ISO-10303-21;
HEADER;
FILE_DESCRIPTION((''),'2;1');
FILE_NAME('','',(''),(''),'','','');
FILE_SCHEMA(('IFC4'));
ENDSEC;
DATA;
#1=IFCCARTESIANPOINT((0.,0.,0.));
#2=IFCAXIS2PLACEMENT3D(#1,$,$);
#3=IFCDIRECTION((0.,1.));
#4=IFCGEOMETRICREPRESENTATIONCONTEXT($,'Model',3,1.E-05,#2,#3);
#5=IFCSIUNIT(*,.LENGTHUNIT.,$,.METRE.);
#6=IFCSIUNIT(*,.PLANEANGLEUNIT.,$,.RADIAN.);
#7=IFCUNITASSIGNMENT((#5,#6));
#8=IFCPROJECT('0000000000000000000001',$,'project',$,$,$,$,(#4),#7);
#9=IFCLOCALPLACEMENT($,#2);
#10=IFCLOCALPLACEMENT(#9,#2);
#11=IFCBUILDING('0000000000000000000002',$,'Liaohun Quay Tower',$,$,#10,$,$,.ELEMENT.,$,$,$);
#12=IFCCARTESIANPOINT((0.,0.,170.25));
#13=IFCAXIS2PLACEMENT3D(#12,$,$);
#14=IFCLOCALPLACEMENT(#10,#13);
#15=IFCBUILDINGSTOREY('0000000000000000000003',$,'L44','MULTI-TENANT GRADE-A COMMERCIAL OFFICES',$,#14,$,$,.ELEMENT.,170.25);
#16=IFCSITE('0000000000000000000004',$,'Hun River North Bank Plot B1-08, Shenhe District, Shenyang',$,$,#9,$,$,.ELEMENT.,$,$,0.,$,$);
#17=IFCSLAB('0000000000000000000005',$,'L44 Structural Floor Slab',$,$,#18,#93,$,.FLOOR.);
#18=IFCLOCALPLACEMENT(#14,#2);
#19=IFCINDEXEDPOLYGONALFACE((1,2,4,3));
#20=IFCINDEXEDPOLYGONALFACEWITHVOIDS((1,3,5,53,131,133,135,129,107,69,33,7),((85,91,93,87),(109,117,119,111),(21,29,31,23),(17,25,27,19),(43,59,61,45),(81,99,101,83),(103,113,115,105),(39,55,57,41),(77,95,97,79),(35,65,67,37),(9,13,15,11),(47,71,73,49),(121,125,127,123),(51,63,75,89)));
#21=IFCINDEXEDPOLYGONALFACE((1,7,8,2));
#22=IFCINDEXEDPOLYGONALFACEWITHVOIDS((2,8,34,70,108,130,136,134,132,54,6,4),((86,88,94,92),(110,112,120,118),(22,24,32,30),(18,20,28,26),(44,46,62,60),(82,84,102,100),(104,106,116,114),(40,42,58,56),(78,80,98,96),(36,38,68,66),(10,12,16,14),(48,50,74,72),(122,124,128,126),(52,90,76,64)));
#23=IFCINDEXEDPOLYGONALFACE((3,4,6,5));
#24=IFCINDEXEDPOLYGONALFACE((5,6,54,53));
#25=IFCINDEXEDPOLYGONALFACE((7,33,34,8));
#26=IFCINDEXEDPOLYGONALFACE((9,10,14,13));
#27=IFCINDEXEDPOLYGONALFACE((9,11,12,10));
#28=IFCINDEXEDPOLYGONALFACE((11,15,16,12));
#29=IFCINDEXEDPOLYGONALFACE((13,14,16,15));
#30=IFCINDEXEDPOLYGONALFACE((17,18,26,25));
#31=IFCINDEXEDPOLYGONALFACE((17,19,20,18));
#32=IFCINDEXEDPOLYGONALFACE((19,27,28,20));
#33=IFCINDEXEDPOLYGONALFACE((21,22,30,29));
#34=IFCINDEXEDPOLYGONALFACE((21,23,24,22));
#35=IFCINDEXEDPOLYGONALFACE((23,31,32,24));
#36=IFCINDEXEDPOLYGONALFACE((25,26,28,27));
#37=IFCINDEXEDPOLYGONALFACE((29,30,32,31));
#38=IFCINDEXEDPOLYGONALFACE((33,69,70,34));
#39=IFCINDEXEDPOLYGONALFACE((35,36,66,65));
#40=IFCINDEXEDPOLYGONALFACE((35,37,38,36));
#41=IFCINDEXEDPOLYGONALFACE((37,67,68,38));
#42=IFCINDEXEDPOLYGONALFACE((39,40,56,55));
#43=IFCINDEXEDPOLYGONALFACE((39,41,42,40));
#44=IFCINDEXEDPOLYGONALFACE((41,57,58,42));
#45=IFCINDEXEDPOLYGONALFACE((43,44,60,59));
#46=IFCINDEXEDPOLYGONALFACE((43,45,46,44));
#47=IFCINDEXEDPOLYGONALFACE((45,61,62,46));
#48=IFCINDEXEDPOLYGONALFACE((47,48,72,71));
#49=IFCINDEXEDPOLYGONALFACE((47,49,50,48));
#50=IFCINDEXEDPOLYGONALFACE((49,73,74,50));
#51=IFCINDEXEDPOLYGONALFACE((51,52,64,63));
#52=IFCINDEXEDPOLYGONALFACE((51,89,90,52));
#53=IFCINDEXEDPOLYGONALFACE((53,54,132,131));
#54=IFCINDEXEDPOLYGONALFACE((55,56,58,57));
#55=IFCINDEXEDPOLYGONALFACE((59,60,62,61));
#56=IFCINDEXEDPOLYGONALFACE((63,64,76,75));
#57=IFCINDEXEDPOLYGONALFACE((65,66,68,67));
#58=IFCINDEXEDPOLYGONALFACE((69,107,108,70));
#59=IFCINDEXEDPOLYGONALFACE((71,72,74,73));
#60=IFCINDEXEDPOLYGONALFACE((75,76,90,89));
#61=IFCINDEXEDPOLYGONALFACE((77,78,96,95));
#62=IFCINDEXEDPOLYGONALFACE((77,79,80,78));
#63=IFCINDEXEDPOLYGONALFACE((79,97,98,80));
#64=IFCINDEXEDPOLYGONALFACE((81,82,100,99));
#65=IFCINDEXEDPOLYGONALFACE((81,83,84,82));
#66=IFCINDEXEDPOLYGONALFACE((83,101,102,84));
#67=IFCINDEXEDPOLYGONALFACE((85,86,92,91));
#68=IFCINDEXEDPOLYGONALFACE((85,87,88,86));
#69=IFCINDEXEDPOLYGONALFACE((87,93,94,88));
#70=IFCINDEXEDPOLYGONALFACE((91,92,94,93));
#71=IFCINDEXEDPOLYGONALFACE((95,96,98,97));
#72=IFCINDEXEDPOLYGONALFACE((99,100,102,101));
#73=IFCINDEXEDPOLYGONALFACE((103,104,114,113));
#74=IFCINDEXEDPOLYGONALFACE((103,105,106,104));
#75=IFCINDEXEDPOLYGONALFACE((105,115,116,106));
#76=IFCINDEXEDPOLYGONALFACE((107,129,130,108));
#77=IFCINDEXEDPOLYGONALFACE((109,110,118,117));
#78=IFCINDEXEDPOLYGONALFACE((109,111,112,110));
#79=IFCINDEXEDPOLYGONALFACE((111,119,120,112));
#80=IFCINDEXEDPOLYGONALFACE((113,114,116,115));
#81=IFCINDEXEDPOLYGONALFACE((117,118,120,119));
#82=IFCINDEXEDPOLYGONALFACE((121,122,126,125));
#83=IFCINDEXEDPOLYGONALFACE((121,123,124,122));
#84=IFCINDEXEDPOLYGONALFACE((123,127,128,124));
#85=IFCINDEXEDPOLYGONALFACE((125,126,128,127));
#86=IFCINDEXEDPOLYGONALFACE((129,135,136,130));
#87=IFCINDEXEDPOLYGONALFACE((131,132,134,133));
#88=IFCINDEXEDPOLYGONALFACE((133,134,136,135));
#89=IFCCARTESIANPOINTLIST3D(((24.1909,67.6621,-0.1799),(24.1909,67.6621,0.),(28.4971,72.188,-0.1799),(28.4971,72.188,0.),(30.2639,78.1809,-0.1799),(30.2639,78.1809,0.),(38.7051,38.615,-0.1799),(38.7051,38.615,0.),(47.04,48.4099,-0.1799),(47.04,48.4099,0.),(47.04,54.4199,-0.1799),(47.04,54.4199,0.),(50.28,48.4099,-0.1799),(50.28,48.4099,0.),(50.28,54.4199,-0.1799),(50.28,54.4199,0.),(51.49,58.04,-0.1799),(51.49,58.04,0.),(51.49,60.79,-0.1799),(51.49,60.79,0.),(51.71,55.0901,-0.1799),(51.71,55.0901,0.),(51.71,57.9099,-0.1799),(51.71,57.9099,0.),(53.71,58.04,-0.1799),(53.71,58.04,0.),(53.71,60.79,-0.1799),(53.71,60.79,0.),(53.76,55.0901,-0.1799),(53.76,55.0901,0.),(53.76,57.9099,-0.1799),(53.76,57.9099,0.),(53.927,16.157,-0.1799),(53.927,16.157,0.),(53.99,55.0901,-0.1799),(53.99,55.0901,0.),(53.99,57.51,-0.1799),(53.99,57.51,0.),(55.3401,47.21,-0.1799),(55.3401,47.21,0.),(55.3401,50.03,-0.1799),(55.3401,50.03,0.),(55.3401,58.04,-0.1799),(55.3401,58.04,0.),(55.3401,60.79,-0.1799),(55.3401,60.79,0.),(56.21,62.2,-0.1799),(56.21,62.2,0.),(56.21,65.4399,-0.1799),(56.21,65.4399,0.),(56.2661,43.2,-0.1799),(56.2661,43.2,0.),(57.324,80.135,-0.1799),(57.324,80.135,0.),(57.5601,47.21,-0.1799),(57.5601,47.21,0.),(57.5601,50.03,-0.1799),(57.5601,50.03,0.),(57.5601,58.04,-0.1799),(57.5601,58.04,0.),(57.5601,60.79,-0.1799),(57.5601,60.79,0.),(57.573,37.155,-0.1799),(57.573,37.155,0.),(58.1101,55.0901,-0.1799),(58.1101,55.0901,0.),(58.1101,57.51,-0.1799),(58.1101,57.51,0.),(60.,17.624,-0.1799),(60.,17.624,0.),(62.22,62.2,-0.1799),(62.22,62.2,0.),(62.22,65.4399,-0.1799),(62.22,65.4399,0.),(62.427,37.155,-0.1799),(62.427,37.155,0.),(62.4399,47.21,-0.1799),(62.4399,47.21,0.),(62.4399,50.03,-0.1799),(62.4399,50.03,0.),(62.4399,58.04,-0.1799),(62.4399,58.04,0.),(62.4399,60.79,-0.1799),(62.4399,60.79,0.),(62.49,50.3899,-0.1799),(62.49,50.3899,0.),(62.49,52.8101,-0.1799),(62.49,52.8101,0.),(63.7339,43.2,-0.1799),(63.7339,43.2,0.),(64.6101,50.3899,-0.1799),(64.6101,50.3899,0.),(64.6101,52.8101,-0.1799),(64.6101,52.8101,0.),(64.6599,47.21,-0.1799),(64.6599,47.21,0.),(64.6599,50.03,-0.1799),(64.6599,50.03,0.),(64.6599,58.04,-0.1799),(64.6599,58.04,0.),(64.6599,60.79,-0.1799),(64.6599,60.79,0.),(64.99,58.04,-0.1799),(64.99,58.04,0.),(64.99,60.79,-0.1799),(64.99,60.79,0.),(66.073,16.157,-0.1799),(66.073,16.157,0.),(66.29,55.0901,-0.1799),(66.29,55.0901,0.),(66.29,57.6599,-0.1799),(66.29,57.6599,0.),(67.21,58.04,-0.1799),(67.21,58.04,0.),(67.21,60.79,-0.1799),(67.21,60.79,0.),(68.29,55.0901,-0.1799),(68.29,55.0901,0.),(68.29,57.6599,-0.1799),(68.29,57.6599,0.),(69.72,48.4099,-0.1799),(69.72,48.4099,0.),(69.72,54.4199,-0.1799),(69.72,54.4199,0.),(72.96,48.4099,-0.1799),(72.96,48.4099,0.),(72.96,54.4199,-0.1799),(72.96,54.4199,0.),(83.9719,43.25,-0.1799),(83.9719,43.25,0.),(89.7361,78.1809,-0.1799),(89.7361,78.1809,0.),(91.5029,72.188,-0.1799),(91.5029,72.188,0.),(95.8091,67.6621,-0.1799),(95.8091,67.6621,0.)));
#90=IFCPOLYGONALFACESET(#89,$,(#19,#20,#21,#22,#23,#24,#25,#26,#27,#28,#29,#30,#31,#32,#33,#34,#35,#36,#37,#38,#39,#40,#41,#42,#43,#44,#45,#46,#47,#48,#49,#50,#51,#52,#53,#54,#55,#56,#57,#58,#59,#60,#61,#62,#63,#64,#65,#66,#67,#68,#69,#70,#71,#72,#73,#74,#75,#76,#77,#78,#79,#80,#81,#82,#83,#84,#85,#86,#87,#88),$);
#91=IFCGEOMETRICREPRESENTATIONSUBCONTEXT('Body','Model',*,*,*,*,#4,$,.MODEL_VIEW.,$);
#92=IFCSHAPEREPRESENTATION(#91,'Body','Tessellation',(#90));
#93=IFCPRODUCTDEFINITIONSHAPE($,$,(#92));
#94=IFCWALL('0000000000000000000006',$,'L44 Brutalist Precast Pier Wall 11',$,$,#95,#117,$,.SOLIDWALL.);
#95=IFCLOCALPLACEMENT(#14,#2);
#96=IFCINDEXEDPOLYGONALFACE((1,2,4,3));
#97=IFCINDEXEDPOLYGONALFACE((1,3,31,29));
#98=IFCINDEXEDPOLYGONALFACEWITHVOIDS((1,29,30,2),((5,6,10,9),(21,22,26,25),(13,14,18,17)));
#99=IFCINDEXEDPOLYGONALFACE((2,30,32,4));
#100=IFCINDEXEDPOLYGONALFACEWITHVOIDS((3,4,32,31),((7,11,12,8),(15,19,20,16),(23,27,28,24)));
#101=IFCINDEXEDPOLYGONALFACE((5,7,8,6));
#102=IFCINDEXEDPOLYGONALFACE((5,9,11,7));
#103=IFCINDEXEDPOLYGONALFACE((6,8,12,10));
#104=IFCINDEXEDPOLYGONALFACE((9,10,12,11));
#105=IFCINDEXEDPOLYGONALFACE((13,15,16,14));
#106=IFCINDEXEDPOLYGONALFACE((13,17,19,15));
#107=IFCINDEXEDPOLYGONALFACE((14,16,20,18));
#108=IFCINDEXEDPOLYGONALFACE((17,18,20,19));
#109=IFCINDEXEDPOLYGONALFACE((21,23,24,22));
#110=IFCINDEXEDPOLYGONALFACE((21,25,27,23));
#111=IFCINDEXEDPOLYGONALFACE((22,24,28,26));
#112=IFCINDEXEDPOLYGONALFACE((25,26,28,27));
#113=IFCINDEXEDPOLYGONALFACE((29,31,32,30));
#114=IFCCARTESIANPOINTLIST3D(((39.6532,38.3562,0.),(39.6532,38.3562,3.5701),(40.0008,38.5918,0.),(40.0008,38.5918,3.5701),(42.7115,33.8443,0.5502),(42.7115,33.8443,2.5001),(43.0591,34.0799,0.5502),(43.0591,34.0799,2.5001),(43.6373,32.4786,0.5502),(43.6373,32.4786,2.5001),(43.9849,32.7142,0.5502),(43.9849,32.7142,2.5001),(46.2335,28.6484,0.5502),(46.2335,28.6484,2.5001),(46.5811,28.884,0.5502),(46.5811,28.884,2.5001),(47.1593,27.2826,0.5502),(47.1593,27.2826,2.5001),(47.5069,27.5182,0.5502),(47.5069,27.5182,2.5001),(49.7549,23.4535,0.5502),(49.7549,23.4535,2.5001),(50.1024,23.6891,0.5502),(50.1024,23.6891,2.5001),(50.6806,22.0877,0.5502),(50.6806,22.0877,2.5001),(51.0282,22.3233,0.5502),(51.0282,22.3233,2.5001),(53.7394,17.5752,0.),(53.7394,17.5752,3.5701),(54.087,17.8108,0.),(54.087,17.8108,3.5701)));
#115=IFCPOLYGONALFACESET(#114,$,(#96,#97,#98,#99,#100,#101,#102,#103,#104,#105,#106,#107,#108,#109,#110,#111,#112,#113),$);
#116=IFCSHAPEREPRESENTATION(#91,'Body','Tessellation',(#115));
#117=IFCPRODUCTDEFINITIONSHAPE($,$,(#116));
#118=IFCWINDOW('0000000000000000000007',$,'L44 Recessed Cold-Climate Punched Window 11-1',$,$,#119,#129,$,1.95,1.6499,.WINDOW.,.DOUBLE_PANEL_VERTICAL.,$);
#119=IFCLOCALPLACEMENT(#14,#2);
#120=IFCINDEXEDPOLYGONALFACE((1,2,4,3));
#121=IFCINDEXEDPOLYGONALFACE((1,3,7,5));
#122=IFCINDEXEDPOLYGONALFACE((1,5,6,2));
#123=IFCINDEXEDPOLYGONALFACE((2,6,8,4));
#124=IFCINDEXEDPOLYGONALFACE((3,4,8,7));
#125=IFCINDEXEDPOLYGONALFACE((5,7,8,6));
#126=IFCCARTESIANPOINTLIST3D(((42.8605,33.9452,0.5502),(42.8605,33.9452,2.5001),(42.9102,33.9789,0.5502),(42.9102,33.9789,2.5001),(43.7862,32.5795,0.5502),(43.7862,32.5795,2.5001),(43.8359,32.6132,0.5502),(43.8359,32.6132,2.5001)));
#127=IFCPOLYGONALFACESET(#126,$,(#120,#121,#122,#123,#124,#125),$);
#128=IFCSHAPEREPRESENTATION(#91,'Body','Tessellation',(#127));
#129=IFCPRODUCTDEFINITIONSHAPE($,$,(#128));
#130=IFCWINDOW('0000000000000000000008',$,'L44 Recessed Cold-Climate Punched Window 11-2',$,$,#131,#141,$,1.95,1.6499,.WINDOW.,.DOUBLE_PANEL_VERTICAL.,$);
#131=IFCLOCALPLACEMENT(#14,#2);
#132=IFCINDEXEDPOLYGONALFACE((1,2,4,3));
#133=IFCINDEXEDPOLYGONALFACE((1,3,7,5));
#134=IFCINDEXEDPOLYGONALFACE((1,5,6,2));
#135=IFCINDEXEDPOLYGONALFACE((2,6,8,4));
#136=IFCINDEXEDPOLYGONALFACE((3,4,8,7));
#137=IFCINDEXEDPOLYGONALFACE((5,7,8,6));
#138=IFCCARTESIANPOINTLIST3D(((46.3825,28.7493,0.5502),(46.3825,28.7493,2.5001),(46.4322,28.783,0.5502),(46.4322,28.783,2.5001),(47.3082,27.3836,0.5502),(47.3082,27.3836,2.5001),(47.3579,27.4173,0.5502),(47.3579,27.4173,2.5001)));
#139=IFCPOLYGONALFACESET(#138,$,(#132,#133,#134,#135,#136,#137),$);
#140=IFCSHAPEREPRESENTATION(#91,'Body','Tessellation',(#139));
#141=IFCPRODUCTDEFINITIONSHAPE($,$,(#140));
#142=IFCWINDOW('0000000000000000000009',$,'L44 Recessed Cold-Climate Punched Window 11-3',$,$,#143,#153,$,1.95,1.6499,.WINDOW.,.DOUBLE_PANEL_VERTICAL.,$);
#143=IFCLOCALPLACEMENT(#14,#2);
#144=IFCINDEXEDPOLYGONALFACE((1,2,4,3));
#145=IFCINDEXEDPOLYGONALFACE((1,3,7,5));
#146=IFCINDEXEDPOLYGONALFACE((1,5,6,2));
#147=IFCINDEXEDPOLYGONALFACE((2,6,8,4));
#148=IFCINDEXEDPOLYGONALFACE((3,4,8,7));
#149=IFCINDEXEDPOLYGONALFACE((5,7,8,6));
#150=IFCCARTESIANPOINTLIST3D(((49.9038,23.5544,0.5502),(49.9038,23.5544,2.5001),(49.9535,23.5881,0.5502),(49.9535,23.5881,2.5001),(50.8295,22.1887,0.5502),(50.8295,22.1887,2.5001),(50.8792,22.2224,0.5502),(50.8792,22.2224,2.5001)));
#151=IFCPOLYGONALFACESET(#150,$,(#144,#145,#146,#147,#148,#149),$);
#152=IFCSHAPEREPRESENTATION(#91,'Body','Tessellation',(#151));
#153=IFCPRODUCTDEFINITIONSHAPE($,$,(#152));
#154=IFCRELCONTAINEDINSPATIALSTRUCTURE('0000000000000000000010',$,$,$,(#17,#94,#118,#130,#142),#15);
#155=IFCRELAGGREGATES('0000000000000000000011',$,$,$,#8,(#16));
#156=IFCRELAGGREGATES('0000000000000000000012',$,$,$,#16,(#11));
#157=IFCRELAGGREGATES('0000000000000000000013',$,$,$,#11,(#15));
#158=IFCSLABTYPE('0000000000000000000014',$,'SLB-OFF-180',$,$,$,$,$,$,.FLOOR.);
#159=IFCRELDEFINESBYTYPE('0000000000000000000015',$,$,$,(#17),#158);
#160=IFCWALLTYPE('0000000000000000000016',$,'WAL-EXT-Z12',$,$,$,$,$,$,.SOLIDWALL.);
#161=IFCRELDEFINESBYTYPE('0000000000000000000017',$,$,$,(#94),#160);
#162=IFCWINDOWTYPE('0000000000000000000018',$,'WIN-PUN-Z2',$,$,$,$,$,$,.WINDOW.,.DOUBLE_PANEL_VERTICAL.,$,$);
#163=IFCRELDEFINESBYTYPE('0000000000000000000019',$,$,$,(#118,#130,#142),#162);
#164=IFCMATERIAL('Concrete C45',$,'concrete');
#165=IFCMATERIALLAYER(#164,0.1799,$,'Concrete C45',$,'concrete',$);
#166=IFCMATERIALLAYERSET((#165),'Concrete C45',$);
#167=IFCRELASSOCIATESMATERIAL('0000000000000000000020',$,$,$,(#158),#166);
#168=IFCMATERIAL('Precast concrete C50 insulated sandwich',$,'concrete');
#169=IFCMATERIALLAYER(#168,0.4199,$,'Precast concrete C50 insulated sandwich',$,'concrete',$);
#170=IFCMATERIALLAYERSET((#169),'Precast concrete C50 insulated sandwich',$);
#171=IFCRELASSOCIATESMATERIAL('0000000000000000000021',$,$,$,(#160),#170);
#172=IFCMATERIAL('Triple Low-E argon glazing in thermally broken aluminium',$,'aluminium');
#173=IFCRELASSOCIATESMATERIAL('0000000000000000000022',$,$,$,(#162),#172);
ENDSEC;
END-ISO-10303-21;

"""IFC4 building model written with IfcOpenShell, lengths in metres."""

from ifc_helpers import new_model, si_unit, direction, frame, frame_2d, origin, place, context, subcontext, project, spatial, polyline, rectangle, outline, extrude, source, transform, mapped, material, layer, layer_set, type_object, element, fill, save


model = new_model("IFC4")

# Units and contexts
model_context = context("Model", 3, precision=1e-05, world=origin(), true_north=direction((0.0, 1.0)))
body_context = subcontext(model_context, "Body", "Model", "MODEL_VIEW")
ifc_project = project(units=[si_unit("LENGTHUNIT", "METRE"), si_unit("PLANEANGLEUNIT", "RADIAN")], contexts=[model_context])

# Site, building, storey
site_placement = place(None, origin())
site = spatial("IfcSite", under=ifc_project, at=site_placement, Name="Hun River North Bank Plot B1-08, Shenhe District, Shenyang", CompositionType="ELEMENT", RefElevation=0.0)
building_placement = place(site_placement, origin())
building = spatial("IfcBuilding", under=site, at=building_placement, Name="Liaohun Quay Tower", CompositionType="ELEMENT")
storey_placement = place(building_placement, frame((0.0, 0.0, 170.25)))
storey = spatial("IfcBuildingStorey", under=building, at=storey_placement, Name="L44", Description="MULTI-TENANT GRADE-A COMMERCIAL OFFICES", CompositionType="ELEMENT", Elevation=170.25)

# Shared definitions
ifc_material_1 = material(Name="Concrete C45", Category="concrete")

# Slab
ifc_layer_1 = layer(ifc_material_1, 0.1799, Name="Concrete C45", Category="concrete")
ifc_layer_set_1 = layer_set([ifc_layer_1], Name="Concrete C45")
slab_type_1 = type_object("IfcSlabType", Name="SLB-OFF-180", PredefinedType="FLOOR", material=ifc_layer_set_1)
slab_1_placement = place(storey_placement, frame((0.0, 0.0, -0.1799)))
element("IfcSlab", 1, at=slab_1_placement, inside=storey, type_object=slab_type_1, Name="L44 Structural Floor Slab", PredefinedType="FLOOR", context=body_context, shape_type="SweptSolid", body=[
    extrude(outline(polyline([(53.927, 16.157), (60.0, 17.624), (66.073, 16.157), (83.9719, 43.25), (95.8091, 67.6621), (91.5029, 72.188), (89.7361, 78.1809), (57.324, 80.135), (30.2639, 78.1809), (28.4971, 72.188), (24.1909, 67.6621), (38.7051, 38.615), (53.927, 16.157)]), holes=[polyline([(57.5601, 50.03), (55.3401, 50.03), (55.3401, 47.21), (57.5601, 47.21), (57.5601, 50.03)]), polyline([(50.28, 54.4199), (47.04, 54.4199), (47.04, 48.4099), (50.28, 48.4099), (50.28, 54.4199)]), polyline([(53.99, 55.0901), (58.1101, 55.0901), (58.1101, 57.51), (53.99, 57.51), (53.99, 55.0901)]), polyline([(53.76, 55.0901), (53.76, 57.9099), (51.71, 57.9099), (51.71, 55.0901), (53.76, 55.0901)]), polyline([(53.71, 58.04), (53.71, 60.79), (51.49, 60.79), (51.49, 58.04), (53.71, 58.04)]), polyline([(57.5601, 58.04), (57.5601, 60.79), (55.3401, 60.79), (55.3401, 58.04), (57.5601, 58.04)]), polyline([(62.22, 62.2), (62.22, 65.4399), (56.21, 65.4399), (56.21, 62.2), (62.22, 62.2)]), polyline([(62.427, 37.155), (63.7339, 43.2), (56.2661, 43.2), (57.573, 37.155), (62.427, 37.155)]), polyline([(64.6599, 47.21), (64.6599, 50.03), (62.4399, 50.03), (62.4399, 47.21), (64.6599, 47.21)]), polyline([(72.96, 54.4199), (69.72, 54.4199), (69.72, 48.4099), (72.96, 48.4099), (72.96, 54.4199)]), polyline([(64.6101, 50.3899), (64.6101, 52.8101), (62.49, 52.8101), (62.49, 50.3899), (64.6101, 50.3899)]), polyline([(68.29, 55.0901), (68.29, 57.6599), (66.29, 57.6599), (66.29, 55.0901), (68.29, 55.0901)]), polyline([(64.6599, 58.04), (64.6599, 60.79), (62.4399, 60.79), (62.4399, 58.04), (64.6599, 58.04)]), polyline([(67.21, 58.04), (67.21, 60.79), (64.99, 60.79), (64.99, 58.04), (67.21, 58.04)])]), origin(), (0.0, 0.0, 1.0), 0.1799),
])

# Wall, openings, windows
ifc_material_2 = material(Name="Precast concrete C50 insulated sandwich", Category="concrete")
ifc_layer_2 = layer(ifc_material_2, 0.4199, Name="Precast concrete C50 insulated sandwich", Category="concrete")
ifc_layer_set_2 = layer_set([ifc_layer_2], Name="Precast concrete C50 insulated sandwich")
wall_type_1 = type_object("IfcWallType", Name="WAL-EXT-Z12", PredefinedType="SOLIDWALL", material=ifc_layer_set_2)
wall_1_placement = place(storey_placement, frame((39.8269, 38.4741, 0.0), z_axis=(0.0, 0.0, 1.0), x_axis=(0.561086, -0.827757, 0.0)))
wall_1 = element("IfcWall", 2, at=wall_1_placement, inside=storey, type_object=wall_type_1, Name="L44 Brutalist Precast Pier Wall 11", PredefinedType="SOLIDWALL", context=body_context, shape_type="SweptSolid", body=[
    extrude(rectangle(XDim=25.1052, YDim=0.4199, at=frame_2d((12.5527, 0.0))), origin(), (0.0, 0.0, 1.0), 3.5701),
])
shared_shape_1 = source(origin(), body_context, "Body", "SweptSolid", [
    extrude(rectangle(XDim=1.6499, YDim=1.95, at=frame_2d((0.825, 0.9751))), frame((0.0, 0.22, 0.0), z_axis=(0.0, -1.0, 0.0), x_axis=(1.0, 0.0, 0.0)), (0.0, 0.0, 1.0), 0.4399),
])
opening_1_placement = place(wall_1_placement, frame((5.4509, 0.0, 0.55)))
opening_1 = element("IfcOpeningElement", 3, at=opening_1_placement, cuts=wall_1, PredefinedType="OPENING", context=body_context, shape_type="MappedRepresentation", body=[
    mapped(shared_shape_1, transform((0.0, 0.0, 0.0), x_axis=(1.0, 0.0, 0.0), y_axis=(0.0, 1.0, 0.0), z_axis=(0.0, 0.0, 1.0), scale=1.0)),
])
opening_2_placement = place(wall_1_placement, frame((11.728, 0.0, 0.55)))
opening_2 = element("IfcOpeningElement", 4, at=opening_2_placement, cuts=wall_1, PredefinedType="OPENING", context=body_context, shape_type="MappedRepresentation", body=[
    mapped(shared_shape_1, transform((0.0, 0.0, 0.0), x_axis=(1.0, 0.0, 0.0), y_axis=(0.0, 1.0, 0.0), z_axis=(0.0, 0.0, 1.0), scale=1.0)),
])
opening_3_placement = place(wall_1_placement, frame((18.0039, 0.0, 0.55)))
opening_3 = element("IfcOpeningElement", 5, at=opening_3_placement, cuts=wall_1, PredefinedType="OPENING", context=body_context, shape_type="MappedRepresentation", body=[
    mapped(shared_shape_1, transform((0.0, 0.0, 0.0), x_axis=(1.0, 0.0, 0.0), y_axis=(0.0, 1.0, 0.0), z_axis=(0.0, 0.0, 1.0), scale=1.0)),
])
ifc_material_3 = material(Name="Triple Low-E argon glazing in thermally broken aluminium", Category="aluminium")
window_type = type_object("IfcWindowType", Name="WIN-PUN-Z2", PartitioningType="DOUBLE_PANEL_VERTICAL", PredefinedType="WINDOW", material=ifc_material_3)
shared_shape_2 = source(origin(), body_context, "Body", "SweptSolid", [
    extrude(rectangle(XDim=1.6499, YDim=1.95, at=frame_2d((0.825, 0.9751))), frame((0.0, 0.03, 0.0), z_axis=(0.0, -1.0, 0.0), x_axis=(1.0, 0.0, 0.0)), (0.0, 0.0, 1.0), 0.0601),
])
window_1_placement = place(opening_1_placement, origin())
window_1 = element("IfcWindow", 6, at=window_1_placement, inside=storey, type_object=window_type, Name="L44 Recessed Cold-Climate Punched Window 11-1", OverallHeight=1.95, OverallWidth=1.6499, PartitioningType="DOUBLE_PANEL_VERTICAL", PredefinedType="WINDOW", context=body_context, shape_type="MappedRepresentation", body=[
    mapped(shared_shape_2, transform((0.0, 0.0, 0.0), x_axis=(1.0, 0.0, 0.0), y_axis=(0.0, 1.0, 0.0), z_axis=(0.0, 0.0, 1.0), scale=1.0)),
])
fill(opening_1, window_1)
window_2_placement = place(opening_2_placement, origin())
window_2 = element("IfcWindow", 7, at=window_2_placement, inside=storey, type_object=window_type, Name="L44 Recessed Cold-Climate Punched Window 11-2", OverallHeight=1.95, OverallWidth=1.6499, PartitioningType="DOUBLE_PANEL_VERTICAL", PredefinedType="WINDOW", context=body_context, shape_type="MappedRepresentation", body=[
    mapped(shared_shape_2, transform((0.0, 0.0, 0.0), x_axis=(1.0, 0.0, 0.0), y_axis=(0.0, 1.0, 0.0), z_axis=(0.0, 0.0, 1.0), scale=1.0)),
])
fill(opening_2, window_2)
window_3_placement = place(opening_3_placement, origin())
window_3 = element("IfcWindow", 8, at=window_3_placement, inside=storey, type_object=window_type, Name="L44 Recessed Cold-Climate Punched Window 11-3", OverallHeight=1.95, OverallWidth=1.6499, PartitioningType="DOUBLE_PANEL_VERTICAL", PredefinedType="WINDOW", context=body_context, shape_type="MappedRepresentation", body=[
    mapped(shared_shape_2, transform((0.0, 0.0, 0.0), x_axis=(1.0, 0.0, 0.0), y_axis=(0.0, 1.0, 0.0), z_axis=(0.0, 0.0, 1.0), scale=1.0)),
])
fill(opening_3, window_3)

save(model, "model.ifc")
